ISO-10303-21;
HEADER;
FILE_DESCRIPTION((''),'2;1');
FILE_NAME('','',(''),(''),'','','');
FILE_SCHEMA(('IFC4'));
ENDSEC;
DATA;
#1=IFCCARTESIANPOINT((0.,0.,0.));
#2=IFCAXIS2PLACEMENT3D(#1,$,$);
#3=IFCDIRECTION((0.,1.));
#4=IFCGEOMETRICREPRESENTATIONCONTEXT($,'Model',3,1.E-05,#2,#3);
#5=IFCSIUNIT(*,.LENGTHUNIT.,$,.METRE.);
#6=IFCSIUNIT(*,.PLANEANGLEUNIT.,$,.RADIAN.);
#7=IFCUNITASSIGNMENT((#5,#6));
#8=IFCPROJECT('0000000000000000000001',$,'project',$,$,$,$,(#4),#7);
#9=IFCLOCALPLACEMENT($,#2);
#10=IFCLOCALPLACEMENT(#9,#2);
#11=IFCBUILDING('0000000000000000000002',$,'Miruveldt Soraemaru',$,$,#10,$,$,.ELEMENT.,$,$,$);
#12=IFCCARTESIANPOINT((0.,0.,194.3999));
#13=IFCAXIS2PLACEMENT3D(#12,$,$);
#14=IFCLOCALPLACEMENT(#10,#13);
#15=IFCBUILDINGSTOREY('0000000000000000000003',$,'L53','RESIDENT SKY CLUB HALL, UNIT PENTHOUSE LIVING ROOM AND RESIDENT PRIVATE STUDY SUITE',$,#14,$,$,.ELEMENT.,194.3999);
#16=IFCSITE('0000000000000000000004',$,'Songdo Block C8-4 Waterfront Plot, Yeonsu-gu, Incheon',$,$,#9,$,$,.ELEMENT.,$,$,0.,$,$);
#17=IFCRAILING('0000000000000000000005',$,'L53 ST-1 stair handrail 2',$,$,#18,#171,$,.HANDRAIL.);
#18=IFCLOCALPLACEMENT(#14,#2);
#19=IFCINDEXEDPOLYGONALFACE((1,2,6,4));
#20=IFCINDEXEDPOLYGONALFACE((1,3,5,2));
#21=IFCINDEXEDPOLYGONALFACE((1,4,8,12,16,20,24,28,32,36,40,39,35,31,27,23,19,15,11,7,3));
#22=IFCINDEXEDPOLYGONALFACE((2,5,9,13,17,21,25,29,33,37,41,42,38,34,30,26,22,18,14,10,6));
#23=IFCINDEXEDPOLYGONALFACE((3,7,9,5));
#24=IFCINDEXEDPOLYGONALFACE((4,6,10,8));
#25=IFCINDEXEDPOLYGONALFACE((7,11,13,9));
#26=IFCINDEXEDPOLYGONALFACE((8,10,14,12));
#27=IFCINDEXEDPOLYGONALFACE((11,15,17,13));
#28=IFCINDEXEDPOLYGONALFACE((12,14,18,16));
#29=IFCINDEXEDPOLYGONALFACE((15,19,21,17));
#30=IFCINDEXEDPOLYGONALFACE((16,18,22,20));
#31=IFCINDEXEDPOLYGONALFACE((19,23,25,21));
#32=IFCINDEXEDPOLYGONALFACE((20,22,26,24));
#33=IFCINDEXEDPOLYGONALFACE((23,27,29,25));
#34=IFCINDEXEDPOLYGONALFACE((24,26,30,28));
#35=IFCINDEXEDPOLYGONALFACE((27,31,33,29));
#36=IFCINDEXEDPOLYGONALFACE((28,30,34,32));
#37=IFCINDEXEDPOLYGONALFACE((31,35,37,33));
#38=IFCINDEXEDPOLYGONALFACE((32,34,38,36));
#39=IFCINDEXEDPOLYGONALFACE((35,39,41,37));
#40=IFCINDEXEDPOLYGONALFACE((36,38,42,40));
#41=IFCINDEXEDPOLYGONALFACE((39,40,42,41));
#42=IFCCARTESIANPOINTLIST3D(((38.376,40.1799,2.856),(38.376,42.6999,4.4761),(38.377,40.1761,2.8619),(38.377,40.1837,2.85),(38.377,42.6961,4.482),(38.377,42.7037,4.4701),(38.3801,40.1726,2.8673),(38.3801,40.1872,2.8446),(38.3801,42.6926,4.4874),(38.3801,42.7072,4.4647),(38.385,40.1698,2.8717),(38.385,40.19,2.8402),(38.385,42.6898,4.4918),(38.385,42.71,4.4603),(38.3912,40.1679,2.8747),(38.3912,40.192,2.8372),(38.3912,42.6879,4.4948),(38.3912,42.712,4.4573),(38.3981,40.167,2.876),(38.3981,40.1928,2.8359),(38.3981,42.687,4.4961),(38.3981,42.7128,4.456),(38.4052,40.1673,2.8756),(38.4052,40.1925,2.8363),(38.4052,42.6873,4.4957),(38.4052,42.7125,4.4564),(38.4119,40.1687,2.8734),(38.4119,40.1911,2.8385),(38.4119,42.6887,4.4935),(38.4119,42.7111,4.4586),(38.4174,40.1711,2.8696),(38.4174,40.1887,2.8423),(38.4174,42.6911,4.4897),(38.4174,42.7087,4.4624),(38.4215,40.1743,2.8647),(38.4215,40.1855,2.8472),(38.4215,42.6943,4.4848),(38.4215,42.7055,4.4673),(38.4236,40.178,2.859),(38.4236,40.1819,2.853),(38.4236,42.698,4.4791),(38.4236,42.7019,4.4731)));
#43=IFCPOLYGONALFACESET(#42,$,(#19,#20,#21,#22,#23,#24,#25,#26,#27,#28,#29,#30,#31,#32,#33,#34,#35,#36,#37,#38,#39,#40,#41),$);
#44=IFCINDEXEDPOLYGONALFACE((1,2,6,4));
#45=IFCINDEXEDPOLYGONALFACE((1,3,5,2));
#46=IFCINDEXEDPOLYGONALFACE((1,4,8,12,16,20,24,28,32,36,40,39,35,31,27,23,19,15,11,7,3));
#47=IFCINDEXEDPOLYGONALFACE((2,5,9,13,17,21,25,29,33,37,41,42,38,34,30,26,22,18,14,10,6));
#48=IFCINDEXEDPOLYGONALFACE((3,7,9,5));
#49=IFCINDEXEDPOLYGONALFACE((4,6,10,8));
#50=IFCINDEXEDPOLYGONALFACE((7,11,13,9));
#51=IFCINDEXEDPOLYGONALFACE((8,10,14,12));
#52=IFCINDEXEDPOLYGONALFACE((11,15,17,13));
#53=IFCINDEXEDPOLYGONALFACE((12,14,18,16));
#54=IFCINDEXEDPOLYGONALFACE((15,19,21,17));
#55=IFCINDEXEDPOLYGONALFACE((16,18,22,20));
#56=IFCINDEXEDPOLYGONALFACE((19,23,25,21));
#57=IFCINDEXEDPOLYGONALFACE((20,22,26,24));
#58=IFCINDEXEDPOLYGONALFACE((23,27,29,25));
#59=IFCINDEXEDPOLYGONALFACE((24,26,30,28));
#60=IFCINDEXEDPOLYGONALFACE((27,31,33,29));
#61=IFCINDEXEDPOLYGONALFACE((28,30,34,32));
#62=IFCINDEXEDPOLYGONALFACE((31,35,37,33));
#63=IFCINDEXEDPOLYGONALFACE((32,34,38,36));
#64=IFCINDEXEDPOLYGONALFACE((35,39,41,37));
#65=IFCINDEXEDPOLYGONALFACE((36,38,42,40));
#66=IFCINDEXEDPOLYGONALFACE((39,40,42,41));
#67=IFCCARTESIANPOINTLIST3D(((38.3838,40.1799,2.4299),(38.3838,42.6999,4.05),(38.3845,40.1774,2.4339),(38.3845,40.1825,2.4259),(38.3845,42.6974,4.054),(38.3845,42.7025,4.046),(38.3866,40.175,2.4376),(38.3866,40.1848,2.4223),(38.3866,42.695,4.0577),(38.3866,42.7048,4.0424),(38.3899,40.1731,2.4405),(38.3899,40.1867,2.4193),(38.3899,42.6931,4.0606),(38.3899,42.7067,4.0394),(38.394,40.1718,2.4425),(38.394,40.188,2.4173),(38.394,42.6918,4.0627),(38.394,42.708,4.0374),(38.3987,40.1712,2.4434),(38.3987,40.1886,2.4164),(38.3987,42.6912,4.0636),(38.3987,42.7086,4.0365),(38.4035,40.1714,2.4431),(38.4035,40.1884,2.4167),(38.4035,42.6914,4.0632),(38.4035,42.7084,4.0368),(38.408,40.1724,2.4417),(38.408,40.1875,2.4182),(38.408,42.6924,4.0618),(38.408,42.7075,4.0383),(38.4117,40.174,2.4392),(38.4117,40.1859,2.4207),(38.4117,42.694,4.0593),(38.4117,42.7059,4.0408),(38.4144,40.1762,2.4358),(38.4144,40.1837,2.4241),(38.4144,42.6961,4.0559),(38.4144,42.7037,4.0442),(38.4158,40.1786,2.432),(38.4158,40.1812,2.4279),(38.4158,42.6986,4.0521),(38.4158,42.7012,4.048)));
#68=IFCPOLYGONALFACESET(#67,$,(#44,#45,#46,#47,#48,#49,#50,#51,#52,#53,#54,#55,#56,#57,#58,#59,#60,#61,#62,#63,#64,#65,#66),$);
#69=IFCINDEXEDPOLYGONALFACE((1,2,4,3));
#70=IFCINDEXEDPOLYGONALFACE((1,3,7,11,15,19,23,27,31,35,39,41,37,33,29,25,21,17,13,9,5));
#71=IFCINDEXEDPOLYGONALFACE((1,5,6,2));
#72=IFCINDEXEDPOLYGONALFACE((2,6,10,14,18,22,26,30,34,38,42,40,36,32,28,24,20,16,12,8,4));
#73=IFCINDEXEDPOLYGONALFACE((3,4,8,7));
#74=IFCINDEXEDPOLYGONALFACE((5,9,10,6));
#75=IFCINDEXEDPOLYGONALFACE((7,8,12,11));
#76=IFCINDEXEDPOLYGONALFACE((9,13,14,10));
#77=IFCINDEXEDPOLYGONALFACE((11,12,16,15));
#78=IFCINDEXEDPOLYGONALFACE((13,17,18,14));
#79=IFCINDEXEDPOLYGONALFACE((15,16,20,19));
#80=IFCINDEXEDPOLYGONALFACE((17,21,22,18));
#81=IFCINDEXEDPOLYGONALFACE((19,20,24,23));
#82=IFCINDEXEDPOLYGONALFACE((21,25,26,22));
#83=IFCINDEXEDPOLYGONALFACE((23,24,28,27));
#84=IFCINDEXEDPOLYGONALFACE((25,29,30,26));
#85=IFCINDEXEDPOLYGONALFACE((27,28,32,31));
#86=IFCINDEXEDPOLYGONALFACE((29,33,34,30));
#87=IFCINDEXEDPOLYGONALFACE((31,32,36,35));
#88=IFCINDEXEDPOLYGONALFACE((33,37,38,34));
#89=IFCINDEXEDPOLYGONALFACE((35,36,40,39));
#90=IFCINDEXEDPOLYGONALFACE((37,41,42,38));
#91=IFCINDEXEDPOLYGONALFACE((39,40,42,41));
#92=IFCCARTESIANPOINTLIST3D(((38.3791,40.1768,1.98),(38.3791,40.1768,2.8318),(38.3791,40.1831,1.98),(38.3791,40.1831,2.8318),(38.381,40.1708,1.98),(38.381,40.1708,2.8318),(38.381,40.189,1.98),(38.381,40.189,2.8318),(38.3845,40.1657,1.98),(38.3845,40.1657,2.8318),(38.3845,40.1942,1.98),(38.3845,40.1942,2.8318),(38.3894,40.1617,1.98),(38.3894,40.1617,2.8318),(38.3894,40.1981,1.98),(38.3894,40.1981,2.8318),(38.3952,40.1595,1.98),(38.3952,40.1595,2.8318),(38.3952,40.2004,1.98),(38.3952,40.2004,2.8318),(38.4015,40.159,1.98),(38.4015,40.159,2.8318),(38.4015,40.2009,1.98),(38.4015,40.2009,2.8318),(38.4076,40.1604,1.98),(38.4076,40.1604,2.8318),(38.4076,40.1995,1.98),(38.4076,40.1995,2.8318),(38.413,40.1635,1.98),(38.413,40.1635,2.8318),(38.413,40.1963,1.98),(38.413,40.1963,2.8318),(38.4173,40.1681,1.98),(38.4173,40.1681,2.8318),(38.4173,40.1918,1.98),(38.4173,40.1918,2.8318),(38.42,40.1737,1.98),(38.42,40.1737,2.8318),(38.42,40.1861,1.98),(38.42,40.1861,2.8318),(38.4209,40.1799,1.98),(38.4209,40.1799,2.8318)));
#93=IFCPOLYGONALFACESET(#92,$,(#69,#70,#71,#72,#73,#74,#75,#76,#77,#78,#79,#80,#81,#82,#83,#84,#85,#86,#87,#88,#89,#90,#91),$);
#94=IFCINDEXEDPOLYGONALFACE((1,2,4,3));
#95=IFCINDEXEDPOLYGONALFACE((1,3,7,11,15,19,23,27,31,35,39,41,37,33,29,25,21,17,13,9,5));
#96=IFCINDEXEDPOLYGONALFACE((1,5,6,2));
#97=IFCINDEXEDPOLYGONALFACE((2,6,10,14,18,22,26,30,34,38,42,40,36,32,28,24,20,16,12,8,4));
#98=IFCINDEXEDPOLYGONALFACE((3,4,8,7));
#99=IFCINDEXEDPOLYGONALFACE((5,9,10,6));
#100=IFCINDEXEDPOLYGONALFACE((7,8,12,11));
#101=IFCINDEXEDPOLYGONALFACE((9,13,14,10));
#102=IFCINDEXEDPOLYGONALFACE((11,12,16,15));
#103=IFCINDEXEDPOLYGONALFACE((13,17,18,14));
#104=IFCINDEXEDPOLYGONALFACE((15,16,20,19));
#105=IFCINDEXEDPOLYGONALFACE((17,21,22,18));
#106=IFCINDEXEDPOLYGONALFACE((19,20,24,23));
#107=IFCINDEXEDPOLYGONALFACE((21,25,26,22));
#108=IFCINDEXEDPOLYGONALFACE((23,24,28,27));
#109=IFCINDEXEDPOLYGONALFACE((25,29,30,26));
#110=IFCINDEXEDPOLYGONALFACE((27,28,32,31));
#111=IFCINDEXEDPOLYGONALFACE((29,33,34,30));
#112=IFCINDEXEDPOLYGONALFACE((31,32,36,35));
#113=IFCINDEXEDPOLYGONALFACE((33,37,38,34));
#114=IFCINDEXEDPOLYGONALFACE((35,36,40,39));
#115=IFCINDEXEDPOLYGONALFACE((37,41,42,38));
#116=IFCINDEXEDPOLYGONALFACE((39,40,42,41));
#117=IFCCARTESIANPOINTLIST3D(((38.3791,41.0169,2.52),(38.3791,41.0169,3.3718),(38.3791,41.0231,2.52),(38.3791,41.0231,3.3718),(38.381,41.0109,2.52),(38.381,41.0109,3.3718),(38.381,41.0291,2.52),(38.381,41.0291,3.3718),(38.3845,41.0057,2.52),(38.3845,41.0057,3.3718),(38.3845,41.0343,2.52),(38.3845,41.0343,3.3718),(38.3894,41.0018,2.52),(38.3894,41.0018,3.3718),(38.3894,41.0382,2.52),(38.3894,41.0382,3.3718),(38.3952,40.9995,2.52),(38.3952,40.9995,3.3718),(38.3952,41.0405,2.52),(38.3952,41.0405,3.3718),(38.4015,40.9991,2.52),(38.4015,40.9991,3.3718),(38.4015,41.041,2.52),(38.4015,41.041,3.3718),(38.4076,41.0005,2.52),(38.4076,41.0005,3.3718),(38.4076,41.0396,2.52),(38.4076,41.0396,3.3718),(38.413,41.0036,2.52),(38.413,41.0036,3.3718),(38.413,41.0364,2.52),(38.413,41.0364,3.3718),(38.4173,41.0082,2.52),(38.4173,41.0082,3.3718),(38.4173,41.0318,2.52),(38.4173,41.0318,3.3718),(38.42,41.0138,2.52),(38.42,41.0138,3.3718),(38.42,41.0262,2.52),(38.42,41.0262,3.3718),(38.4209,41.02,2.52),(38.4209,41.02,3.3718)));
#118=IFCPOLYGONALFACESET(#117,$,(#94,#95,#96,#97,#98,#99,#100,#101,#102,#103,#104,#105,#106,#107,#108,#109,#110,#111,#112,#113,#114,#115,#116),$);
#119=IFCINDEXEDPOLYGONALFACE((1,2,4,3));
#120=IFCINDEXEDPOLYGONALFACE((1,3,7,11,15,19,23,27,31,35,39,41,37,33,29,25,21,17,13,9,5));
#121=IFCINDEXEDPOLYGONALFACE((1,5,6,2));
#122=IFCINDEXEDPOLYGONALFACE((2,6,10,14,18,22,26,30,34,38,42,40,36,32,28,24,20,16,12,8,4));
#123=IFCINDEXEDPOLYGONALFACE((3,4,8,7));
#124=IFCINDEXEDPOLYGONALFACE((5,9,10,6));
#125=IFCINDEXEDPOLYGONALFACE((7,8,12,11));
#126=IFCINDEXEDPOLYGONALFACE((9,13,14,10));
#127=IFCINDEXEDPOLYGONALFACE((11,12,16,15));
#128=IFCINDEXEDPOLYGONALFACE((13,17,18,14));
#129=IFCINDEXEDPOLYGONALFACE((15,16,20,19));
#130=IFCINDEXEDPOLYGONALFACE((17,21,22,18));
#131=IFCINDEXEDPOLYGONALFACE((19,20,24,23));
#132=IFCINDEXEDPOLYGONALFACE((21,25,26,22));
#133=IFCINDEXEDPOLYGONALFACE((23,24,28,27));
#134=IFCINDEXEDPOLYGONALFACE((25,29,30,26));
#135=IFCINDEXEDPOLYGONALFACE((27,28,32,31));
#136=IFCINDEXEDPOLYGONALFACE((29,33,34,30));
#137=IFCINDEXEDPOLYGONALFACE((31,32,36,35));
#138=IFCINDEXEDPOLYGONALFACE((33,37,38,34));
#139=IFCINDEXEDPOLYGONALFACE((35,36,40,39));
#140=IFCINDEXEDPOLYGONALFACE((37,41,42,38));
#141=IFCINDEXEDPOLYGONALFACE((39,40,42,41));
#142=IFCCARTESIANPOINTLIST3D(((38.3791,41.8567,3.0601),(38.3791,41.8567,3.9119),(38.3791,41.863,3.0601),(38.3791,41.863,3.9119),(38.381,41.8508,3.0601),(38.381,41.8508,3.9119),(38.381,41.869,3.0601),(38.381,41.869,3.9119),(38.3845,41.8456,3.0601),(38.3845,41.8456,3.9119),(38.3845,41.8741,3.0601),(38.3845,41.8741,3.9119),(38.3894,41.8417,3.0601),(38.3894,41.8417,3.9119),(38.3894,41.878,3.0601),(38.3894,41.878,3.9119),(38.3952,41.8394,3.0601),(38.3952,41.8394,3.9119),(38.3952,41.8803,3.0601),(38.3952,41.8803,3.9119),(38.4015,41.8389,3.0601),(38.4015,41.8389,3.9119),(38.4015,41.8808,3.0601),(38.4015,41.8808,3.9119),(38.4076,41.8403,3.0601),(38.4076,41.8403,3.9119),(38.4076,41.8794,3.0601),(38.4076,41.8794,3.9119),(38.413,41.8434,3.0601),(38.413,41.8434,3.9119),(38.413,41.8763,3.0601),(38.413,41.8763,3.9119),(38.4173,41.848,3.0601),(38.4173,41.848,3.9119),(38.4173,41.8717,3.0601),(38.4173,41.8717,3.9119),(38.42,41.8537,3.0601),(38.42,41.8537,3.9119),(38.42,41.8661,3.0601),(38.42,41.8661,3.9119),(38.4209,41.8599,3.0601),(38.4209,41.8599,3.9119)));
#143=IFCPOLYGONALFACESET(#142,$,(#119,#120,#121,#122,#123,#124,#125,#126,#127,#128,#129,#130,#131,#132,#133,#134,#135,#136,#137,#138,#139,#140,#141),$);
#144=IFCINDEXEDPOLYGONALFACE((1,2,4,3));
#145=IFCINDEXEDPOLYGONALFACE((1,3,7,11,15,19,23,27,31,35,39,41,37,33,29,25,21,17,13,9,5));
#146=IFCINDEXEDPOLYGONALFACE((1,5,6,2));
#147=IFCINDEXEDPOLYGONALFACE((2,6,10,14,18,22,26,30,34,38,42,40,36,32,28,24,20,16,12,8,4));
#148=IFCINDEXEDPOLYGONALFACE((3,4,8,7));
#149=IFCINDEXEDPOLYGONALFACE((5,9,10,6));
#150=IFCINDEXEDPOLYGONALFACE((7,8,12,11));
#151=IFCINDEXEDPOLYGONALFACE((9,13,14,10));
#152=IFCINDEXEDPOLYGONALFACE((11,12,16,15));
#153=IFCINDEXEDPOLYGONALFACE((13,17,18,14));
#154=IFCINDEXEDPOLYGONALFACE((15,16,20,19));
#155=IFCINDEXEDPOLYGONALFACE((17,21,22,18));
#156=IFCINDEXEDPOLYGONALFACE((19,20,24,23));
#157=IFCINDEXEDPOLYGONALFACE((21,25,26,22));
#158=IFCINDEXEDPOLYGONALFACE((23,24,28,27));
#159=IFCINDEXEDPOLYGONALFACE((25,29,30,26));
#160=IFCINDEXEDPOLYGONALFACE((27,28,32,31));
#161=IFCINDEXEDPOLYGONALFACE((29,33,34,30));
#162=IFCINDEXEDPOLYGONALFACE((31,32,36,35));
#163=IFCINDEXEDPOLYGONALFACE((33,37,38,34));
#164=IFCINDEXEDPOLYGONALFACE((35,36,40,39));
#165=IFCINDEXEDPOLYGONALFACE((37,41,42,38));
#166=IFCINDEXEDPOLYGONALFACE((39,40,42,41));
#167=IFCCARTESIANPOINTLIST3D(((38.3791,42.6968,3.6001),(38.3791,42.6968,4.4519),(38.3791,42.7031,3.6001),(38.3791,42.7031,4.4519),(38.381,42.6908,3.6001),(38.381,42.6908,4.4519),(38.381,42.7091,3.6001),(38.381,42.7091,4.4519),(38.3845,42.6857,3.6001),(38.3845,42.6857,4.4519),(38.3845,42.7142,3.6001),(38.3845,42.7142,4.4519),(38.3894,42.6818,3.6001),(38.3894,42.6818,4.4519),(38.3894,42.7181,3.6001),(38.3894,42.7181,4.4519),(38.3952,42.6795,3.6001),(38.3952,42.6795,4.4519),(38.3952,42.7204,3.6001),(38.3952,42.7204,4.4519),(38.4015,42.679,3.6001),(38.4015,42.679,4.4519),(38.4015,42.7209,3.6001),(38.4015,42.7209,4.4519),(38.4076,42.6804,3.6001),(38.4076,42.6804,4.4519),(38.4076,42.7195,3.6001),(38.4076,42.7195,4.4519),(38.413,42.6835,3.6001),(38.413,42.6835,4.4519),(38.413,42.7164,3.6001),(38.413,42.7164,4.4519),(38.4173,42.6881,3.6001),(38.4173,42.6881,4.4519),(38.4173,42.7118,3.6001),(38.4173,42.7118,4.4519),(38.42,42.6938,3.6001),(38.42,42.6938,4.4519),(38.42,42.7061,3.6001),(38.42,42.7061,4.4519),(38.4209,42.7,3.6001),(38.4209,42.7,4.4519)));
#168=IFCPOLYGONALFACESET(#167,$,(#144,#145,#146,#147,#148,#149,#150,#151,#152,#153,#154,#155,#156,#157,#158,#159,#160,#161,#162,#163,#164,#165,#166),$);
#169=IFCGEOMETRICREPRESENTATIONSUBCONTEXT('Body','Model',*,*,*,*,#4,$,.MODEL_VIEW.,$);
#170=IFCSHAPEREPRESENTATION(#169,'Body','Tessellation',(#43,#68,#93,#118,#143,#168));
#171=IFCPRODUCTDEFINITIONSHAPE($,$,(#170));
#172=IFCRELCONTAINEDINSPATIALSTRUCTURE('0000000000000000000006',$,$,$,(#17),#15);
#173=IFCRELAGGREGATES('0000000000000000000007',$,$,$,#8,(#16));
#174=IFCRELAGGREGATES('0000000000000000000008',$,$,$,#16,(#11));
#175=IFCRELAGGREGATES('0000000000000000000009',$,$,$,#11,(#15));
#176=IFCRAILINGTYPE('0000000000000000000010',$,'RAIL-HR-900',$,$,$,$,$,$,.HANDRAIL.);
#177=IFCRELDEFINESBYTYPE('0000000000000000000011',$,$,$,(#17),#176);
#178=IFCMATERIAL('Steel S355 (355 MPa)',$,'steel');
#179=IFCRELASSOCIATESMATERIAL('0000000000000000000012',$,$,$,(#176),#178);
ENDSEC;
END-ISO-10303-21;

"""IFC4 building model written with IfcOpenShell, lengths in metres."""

from ifc_helpers import new_model, si_unit, direction, frame, origin, origin_2d, place, context, subcontext, project, spatial, circle, extrude, material, type_object, element, save


model = new_model("IFC4")

# Units and contexts
model_context = context("Model", 3, precision=1e-05, world=origin(), true_north=direction((0.0, 1.0)))
body_context = subcontext(model_context, "Body", "Model", "MODEL_VIEW")
ifc_project = project(units=[si_unit("LENGTHUNIT", "METRE"), si_unit("PLANEANGLEUNIT", "RADIAN")], contexts=[model_context])

# Site, building, storey
site_placement = place(None, origin())
site = spatial("IfcSite", under=ifc_project, at=site_placement, Name="Songdo Block C8-4 Waterfront Plot, Yeonsu-gu, Incheon", CompositionType="ELEMENT", RefElevation=0.0)
building_placement = place(site_placement, origin())
building = spatial("IfcBuilding", under=site, at=building_placement, Name="Miruveldt Soraemaru", CompositionType="ELEMENT")
storey_placement = place(building_placement, frame((0.0, 0.0, 194.3999)))
storey = spatial("IfcBuildingStorey", under=building, at=storey_placement, Name="L53", Description="RESIDENT SKY CLUB HALL, UNIT PENTHOUSE LIVING ROOM AND RESIDENT PRIVATE STUDY SUITE", CompositionType="ELEMENT", Elevation=194.3999)

# Railing
ifc_material_1 = material(Name="Steel S355 (355 MPa)", Category="steel")
railing_type_1 = type_object("IfcRailingType", Name="RAIL-HR-900", PredefinedType="HANDRAIL", material=ifc_material_1)
railing_1_placement = place(storey_placement, frame((38.3999, 40.1799, 1.98)))
element("IfcRailing", 1, at=railing_1_placement, inside=storey, type_object=railing_type_1, Name="L53 ST-1 stair handrail 2", PredefinedType="HANDRAIL", context=body_context, shape_type="SweptSolid", body=[
    extrude(circle(Radius=0.0239, at=origin_2d()), frame((0.0, 0.0, 0.876), z_axis=(0.0, 0.841163, 0.540782), x_axis=(-1.0, 0.0, 0.0)), (0.0, 0.0, 1.0), 2.9958),
    extrude(circle(Radius=0.0161, at=origin_2d()), frame((0.0, 0.0, 0.45), z_axis=(0.0, 0.841163, 0.540782), x_axis=(-1.0, 0.0, 0.0)), (0.0, 0.0, 1.0), 2.9958),
    extrude(circle(Radius=0.021, at=origin_2d()), origin(), (0.0, 0.0, 1.0), 0.8518),
    extrude(circle(Radius=0.021, at=origin_2d()), frame((0.0, 0.8401, 0.54)), (0.0, 0.0, 1.0), 0.8518),
    extrude(circle(Radius=0.021, at=origin_2d()), frame((0.0, 1.6799, 1.0801)), (0.0, 0.0, 1.0), 0.8518),
    extrude(circle(Radius=0.021, at=origin_2d()), frame((0.0, 2.52, 1.6201)), (0.0, 0.0, 1.0), 0.8518),
])

save(model, "model.ifc")
